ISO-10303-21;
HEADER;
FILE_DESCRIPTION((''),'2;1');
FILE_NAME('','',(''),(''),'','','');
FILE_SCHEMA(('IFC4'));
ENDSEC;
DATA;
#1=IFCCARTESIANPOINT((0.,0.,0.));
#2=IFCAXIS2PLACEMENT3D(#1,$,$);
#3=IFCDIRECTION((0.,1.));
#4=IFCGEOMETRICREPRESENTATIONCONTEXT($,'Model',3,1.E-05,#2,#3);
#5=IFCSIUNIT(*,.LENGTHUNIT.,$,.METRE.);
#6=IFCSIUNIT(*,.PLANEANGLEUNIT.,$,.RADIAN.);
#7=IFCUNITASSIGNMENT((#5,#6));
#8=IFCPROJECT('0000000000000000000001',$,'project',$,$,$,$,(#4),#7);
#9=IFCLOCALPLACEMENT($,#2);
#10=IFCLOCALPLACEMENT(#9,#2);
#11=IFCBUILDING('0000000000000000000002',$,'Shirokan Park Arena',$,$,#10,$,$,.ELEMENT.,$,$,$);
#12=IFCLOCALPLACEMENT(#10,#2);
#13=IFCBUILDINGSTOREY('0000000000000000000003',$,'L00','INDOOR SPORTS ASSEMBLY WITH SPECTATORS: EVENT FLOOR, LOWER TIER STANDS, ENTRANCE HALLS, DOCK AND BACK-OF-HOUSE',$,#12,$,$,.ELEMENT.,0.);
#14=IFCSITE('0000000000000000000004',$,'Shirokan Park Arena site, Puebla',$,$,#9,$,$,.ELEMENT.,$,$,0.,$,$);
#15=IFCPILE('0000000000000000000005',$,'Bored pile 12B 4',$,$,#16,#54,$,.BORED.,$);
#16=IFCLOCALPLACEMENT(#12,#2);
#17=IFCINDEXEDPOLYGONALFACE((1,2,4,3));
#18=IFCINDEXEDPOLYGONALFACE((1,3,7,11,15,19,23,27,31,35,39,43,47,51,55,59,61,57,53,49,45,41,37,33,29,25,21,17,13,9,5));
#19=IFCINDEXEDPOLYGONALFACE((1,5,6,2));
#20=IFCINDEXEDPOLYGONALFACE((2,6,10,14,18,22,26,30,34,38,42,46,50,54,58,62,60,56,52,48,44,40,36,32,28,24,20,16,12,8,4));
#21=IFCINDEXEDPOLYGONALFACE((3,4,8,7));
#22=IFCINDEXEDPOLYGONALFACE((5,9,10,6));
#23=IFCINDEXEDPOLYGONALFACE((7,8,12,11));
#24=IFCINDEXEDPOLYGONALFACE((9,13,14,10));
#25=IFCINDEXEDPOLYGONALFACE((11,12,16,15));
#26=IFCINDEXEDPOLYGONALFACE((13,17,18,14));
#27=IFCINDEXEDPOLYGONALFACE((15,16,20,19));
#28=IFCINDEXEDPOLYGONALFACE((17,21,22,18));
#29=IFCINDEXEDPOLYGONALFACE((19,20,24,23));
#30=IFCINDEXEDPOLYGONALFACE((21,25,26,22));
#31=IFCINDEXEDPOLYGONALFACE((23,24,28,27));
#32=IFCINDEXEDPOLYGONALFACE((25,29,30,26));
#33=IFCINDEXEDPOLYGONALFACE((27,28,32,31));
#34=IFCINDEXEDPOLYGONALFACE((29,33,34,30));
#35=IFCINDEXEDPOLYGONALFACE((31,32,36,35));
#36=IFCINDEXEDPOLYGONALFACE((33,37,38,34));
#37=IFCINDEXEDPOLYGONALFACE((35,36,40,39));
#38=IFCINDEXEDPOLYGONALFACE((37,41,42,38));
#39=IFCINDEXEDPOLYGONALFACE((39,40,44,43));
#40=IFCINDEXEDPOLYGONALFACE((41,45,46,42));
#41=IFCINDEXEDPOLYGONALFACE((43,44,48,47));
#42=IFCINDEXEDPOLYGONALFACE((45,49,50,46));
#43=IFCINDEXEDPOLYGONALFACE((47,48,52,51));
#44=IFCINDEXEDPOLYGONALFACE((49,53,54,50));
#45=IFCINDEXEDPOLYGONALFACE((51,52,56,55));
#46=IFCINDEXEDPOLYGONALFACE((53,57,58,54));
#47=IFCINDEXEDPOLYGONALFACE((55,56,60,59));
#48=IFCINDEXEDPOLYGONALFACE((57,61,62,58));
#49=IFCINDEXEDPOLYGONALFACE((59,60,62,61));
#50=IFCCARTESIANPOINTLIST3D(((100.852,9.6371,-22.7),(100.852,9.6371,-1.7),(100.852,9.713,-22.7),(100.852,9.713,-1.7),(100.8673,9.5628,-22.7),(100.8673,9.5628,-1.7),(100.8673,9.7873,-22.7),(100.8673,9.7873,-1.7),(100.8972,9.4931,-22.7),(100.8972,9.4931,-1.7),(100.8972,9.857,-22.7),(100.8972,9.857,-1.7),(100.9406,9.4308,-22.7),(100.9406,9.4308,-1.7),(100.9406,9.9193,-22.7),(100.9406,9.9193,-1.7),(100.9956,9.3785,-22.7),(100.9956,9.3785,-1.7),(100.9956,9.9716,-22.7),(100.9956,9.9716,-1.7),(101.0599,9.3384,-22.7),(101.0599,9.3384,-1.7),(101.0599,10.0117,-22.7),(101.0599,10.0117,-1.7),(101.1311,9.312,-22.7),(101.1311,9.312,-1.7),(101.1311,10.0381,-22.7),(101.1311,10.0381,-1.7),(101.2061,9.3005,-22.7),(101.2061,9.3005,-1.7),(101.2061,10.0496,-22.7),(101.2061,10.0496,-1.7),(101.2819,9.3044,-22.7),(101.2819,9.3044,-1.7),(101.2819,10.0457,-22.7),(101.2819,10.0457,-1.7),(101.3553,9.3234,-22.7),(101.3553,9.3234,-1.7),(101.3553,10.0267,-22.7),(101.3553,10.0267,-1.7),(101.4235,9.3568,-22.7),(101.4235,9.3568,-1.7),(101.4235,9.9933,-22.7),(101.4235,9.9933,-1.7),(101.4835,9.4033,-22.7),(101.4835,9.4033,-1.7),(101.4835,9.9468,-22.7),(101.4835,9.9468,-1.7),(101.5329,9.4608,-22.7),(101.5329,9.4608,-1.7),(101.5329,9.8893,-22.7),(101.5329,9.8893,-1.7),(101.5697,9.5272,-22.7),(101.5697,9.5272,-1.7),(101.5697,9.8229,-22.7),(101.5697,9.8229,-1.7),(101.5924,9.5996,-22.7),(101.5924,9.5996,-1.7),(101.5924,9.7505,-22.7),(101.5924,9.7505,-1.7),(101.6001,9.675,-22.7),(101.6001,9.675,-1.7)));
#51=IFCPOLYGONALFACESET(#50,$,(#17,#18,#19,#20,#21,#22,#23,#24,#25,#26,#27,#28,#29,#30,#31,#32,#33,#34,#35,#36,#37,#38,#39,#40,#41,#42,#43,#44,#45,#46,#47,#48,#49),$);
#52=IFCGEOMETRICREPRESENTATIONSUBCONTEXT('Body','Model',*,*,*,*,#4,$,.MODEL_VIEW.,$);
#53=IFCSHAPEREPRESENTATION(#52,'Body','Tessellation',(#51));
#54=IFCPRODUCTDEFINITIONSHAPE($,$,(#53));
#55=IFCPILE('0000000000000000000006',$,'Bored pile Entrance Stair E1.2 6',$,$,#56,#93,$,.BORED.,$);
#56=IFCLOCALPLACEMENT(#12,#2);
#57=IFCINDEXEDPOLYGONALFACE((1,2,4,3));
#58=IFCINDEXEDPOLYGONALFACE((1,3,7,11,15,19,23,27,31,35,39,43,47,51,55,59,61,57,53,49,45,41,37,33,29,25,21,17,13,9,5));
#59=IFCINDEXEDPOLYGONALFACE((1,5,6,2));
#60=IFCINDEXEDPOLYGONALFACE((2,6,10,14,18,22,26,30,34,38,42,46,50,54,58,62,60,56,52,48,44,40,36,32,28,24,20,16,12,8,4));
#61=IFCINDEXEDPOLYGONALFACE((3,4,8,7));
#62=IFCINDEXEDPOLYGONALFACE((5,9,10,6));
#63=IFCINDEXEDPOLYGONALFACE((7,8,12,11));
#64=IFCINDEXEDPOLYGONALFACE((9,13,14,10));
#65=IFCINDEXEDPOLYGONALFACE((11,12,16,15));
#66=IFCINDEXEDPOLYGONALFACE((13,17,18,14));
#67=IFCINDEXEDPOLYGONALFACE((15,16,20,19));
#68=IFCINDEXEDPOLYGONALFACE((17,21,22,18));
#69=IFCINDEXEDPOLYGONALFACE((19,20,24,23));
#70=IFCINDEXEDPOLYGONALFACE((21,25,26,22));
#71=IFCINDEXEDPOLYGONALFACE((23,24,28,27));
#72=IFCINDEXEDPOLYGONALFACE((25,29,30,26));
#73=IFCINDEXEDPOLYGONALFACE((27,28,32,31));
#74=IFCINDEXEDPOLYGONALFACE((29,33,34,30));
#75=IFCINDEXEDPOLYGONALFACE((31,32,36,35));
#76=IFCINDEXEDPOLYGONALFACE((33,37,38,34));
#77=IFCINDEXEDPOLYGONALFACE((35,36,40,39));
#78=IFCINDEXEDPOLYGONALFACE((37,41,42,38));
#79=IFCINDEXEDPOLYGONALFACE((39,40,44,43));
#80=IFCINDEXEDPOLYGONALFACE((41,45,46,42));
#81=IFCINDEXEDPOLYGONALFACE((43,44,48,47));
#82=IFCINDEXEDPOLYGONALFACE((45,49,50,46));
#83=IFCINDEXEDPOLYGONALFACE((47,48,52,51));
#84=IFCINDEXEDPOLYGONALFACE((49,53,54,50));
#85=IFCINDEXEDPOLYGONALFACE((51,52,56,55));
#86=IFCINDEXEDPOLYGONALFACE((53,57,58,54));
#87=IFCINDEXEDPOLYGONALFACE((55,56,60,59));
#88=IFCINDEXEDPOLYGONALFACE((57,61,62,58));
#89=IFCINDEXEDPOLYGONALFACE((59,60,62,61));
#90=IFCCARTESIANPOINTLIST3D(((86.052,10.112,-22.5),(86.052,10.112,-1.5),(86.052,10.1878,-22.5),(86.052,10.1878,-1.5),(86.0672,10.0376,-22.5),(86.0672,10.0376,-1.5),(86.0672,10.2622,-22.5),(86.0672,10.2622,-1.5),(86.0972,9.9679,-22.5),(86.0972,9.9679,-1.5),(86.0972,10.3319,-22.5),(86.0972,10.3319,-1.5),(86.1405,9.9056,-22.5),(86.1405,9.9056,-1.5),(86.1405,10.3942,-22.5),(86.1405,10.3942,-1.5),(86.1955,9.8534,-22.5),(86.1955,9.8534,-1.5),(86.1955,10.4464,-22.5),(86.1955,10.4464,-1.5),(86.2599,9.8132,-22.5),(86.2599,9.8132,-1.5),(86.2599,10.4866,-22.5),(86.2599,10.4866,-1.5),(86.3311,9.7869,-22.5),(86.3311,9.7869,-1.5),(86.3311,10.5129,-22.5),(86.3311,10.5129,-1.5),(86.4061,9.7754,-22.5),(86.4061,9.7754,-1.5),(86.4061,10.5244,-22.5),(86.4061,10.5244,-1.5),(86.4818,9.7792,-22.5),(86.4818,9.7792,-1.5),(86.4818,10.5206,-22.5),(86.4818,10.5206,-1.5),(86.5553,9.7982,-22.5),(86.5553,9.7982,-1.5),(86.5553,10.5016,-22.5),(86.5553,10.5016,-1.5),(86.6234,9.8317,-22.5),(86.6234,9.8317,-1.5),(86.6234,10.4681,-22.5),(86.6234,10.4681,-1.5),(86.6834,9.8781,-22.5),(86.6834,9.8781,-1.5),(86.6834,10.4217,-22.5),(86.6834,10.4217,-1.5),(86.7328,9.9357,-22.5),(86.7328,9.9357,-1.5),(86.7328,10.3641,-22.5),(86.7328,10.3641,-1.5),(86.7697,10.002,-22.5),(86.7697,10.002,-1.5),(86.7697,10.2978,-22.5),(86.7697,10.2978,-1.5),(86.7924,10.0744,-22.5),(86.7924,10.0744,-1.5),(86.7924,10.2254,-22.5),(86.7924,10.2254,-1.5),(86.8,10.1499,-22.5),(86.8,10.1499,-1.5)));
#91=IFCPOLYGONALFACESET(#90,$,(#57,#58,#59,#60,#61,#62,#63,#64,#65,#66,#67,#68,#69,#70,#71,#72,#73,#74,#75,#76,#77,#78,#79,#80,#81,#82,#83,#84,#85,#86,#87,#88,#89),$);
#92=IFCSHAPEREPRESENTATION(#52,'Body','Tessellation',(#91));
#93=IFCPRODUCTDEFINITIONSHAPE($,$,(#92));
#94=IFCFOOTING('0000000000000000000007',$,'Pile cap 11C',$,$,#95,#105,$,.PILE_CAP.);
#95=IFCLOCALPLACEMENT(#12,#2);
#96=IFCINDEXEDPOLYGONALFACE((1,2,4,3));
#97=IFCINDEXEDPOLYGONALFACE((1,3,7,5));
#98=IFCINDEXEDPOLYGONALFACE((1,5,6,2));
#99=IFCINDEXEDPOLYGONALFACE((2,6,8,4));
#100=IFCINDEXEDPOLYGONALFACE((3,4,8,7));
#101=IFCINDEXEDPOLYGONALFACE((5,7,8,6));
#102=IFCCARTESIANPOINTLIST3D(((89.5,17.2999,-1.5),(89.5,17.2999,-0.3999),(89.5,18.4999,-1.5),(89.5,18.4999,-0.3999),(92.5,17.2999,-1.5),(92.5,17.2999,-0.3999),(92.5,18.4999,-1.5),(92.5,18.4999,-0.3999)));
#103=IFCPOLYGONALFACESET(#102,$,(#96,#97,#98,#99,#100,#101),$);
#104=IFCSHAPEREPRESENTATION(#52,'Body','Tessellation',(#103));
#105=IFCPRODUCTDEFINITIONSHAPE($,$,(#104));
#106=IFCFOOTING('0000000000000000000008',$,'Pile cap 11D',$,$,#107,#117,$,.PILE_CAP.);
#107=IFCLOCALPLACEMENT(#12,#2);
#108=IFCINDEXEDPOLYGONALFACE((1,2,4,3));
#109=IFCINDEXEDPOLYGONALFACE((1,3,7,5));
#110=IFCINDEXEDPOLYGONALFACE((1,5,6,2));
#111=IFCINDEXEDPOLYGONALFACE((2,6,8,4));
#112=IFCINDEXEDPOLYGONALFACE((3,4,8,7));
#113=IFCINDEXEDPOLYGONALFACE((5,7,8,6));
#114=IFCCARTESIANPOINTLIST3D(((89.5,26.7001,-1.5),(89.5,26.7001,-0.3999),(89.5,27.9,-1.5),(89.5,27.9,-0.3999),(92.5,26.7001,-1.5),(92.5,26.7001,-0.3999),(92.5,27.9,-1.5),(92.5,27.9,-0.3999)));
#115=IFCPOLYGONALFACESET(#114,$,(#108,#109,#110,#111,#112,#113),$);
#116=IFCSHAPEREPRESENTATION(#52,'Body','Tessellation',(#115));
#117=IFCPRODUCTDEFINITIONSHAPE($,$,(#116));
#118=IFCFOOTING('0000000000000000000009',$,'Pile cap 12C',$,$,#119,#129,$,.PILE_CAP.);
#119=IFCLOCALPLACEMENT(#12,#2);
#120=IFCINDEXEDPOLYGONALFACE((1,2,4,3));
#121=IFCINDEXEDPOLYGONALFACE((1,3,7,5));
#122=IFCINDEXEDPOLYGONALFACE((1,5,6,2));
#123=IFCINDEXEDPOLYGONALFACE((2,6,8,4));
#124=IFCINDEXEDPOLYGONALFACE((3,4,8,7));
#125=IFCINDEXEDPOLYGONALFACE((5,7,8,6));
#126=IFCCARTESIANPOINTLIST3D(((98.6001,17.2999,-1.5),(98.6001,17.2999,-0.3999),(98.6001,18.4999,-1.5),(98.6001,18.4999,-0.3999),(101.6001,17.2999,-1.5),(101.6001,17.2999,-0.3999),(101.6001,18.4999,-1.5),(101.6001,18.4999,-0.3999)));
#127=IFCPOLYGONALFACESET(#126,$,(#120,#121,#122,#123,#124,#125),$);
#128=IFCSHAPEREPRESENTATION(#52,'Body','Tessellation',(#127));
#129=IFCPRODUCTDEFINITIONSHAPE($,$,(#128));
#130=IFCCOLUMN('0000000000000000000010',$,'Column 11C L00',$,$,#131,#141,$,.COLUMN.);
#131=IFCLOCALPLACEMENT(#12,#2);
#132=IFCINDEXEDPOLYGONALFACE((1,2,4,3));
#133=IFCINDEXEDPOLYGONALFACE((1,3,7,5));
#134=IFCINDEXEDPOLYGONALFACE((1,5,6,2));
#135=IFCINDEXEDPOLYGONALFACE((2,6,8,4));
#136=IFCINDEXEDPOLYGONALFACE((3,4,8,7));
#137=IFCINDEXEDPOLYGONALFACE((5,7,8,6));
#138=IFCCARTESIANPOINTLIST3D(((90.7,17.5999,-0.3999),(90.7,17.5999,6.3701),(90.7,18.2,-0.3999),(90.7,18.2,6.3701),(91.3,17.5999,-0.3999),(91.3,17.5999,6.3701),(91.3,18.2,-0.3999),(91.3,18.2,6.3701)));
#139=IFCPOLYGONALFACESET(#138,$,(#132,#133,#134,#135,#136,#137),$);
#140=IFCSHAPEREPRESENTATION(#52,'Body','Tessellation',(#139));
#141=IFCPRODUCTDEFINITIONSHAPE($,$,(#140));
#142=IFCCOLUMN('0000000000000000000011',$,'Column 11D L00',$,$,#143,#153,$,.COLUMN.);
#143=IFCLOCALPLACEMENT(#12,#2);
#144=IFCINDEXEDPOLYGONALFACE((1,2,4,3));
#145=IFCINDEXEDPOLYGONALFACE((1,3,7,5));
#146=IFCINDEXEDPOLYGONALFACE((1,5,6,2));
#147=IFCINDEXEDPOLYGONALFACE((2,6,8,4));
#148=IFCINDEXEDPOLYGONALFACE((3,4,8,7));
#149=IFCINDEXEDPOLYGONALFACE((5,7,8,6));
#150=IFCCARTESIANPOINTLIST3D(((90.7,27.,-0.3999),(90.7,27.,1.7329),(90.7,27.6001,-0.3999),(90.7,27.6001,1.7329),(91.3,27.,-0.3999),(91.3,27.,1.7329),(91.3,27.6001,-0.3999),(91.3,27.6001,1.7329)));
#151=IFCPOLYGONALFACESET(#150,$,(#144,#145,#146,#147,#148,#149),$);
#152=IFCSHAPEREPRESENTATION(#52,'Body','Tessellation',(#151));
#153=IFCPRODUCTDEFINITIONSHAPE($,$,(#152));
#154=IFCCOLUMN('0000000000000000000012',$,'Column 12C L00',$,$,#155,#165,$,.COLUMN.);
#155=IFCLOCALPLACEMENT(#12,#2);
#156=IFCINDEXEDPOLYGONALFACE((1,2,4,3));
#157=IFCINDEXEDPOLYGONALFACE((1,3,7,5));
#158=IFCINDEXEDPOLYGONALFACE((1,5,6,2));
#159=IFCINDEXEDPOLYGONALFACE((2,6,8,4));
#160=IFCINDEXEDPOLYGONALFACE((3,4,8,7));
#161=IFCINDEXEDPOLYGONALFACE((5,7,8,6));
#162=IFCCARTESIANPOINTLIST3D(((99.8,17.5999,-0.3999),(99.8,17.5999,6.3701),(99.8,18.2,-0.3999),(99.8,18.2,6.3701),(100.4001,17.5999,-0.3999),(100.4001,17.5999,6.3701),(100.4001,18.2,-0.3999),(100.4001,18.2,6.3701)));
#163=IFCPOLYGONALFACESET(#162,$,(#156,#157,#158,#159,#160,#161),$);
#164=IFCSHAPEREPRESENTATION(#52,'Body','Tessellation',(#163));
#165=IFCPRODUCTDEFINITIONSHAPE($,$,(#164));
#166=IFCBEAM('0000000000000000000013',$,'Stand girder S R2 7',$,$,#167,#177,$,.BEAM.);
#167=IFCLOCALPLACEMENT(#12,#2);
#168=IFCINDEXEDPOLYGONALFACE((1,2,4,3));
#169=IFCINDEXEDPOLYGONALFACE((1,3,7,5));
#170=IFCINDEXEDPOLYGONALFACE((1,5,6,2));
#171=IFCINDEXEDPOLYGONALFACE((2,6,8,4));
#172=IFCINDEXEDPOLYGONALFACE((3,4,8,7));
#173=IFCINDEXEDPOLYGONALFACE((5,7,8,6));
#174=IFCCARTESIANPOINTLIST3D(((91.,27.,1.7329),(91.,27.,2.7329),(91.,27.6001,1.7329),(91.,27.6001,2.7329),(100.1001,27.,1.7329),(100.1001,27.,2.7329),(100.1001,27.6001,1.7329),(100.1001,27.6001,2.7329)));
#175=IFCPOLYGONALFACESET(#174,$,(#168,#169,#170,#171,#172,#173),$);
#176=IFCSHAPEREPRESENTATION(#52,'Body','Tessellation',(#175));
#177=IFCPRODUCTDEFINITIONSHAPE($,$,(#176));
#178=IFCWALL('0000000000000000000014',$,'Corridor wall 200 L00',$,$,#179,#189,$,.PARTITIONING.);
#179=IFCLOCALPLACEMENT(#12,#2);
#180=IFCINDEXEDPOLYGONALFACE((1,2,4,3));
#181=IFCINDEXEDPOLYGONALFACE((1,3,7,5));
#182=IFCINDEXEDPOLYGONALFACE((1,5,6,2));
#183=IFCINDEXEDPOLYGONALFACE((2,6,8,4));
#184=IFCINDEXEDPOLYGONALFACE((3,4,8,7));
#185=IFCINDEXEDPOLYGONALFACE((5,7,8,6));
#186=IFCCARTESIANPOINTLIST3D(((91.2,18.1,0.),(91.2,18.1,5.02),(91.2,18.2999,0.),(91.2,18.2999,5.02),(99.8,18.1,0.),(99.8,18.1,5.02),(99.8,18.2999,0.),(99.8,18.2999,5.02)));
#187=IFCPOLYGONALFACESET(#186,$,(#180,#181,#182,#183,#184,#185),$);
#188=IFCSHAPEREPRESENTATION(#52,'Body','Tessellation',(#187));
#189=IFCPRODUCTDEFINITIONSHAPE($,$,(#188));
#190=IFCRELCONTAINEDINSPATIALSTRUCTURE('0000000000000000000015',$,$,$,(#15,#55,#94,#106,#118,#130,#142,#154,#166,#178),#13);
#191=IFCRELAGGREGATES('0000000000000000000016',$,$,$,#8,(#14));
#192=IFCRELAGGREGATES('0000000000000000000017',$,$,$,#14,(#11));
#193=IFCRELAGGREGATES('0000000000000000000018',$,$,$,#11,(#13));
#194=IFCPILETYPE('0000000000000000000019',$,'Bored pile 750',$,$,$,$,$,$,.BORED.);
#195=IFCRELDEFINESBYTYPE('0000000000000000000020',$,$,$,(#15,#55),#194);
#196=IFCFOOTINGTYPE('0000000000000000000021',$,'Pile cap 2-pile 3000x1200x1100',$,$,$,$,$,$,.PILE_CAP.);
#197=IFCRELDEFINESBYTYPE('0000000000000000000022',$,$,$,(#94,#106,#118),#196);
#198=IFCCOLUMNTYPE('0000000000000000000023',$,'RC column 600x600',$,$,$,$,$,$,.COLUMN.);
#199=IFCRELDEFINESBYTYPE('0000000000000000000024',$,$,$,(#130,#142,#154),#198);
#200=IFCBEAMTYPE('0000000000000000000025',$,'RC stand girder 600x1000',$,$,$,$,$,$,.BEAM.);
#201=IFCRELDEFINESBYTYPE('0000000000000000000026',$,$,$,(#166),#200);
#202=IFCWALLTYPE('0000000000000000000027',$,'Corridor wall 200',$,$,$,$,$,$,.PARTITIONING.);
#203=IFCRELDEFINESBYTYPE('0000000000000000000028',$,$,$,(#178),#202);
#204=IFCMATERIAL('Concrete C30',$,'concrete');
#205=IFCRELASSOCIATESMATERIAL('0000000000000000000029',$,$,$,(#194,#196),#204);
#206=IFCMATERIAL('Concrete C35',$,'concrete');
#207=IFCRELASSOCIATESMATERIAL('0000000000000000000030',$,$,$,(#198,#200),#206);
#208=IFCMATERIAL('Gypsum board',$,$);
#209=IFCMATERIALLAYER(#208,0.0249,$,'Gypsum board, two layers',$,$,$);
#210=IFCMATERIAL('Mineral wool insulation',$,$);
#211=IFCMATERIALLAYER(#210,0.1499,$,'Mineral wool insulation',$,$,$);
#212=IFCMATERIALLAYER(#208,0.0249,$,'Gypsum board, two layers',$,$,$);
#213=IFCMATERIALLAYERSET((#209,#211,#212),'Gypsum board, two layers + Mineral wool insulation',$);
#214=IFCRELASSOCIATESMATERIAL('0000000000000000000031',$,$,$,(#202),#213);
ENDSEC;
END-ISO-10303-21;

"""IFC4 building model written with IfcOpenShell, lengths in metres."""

from ifc_helpers import new_model, si_unit, direction, frame, frame_2d, origin, origin_2d, place, context, subcontext, project, spatial, rectangle, circle, extrude, material, layer, layer_set, material_profile, profile_set, type_object, element, save


model = new_model("IFC4")

# Units and contexts
model_context = context("Model", 3, precision=1e-05, world=origin(), true_north=direction((0.0, 1.0)))
body_context = subcontext(model_context, "Body", "Model", "MODEL_VIEW")
ifc_project = project(units=[si_unit("LENGTHUNIT", "METRE"), si_unit("PLANEANGLEUNIT", "RADIAN")], contexts=[model_context])

# Site, building, storey
site_placement = place(None, origin())
site = spatial("IfcSite", under=ifc_project, at=site_placement, Name="Shirokan Park Arena site, Puebla", CompositionType="ELEMENT", RefElevation=0.0)
building_placement = place(site_placement, origin())
building = spatial("IfcBuilding", under=site, at=building_placement, Name="Shirokan Park Arena", CompositionType="ELEMENT")
storey_placement = place(building_placement, origin())
storey = spatial("IfcBuildingStorey", under=building, at=storey_placement, Name="L00", Description="INDOOR SPORTS ASSEMBLY WITH SPECTATORS: EVENT FLOOR, LOWER TIER STANDS, ENTRANCE HALLS, DOCK AND BACK-OF-HOUSE", CompositionType="ELEMENT", Elevation=0.0)

# Piles
ifc_material_1 = material(Name="Concrete C30", Category="concrete")
ifc_material_profile_1 = material_profile(ifc_material_1, circle(Radius=0.375, at=origin_2d()), Name="D750")
ifc_profile_set_1 = profile_set([ifc_material_profile_1], Name="Concrete C30")
pile_type_1 = type_object("IfcPileType", Name="Bored pile 750", PredefinedType="BORED", material=ifc_profile_set_1)
for number, where, z_axis, x_axis, name in (
    (1, (101.2251, 9.675, -1.7), (0.0, 0.0, -1.0), (1.0, 0.0, 0.0), "Bored pile 12B 4"),
    (2, (86.425, 10.1499, -1.5), (0.0, 0.0, -1.0), (1.0, 0.0, 0.0), "Bored pile Entrance Stair E1.2 6"),
):
    element("IfcPile", number, at=place(storey_placement, frame(where, z_axis=z_axis, x_axis=x_axis)), inside=storey, type_object=pile_type_1, Name=name, PredefinedType="BORED", context=body_context, shape_type="SweptSolid", body=[
        extrude(circle(Radius=0.375, at=origin_2d()), origin(), (0.0, 0.0, 1.0), 21.0),
    ])

# Footings
footing_type = type_object("IfcFootingType", Name="Pile cap 2-pile 3000x1200x1100", PredefinedType="PILE_CAP", material=ifc_material_1)
for number, where, z_axis, x_axis, name in (
    (3, (91.0, 17.8999, -1.5), (0.0, 0.0, 1.0), (1.0, 0.0, 0.0), "Pile cap 11C"),
    (4, (91.0, 27.3, -1.5), (0.0, 0.0, 1.0), (1.0, 0.0, 0.0), "Pile cap 11D"),
    (5, (100.1001, 17.8999, -1.5), (0.0, 0.0, 1.0), (1.0, 0.0, 0.0), "Pile cap 12C"),
):
    element("IfcFooting", number, at=place(storey_placement, frame(where, z_axis=z_axis, x_axis=x_axis)), inside=storey, type_object=footing_type, Name=name, PredefinedType="PILE_CAP", context=body_context, shape_type="SweptSolid", body=[
        extrude(rectangle(XDim=3.0, YDim=1.2, at=origin_2d()), origin(), (0.0, 0.0, 1.0), 1.1001),
    ])

# Columns
ifc_material_2 = material(Name="Concrete C35", Category="concrete")
ifc_material_profile_2 = material_profile(ifc_material_2, rectangle(XDim=0.6001, YDim=0.6001, at=origin_2d()), Name="600x600")
ifc_profile_set_2 = profile_set([ifc_material_profile_2], Name="Concrete C35")
column_type = type_object("IfcColumnType", Name="RC column 600x600", PredefinedType="COLUMN", material=ifc_profile_set_2)
column_1_placement = place(storey_placement, frame((91.0, 17.8999, -0.3999), z_axis=(0.0, 0.0, 1.0), x_axis=(1.0, 0.0, 0.0)))
element("IfcColumn", 6, at=column_1_placement, inside=storey, type_object=column_type, Name="Column 11C L00", PredefinedType="COLUMN", context=body_context, shape_type="SweptSolid", body=[
    extrude(rectangle(XDim=0.6001, YDim=0.6001, at=origin_2d()), origin(), (0.0, 0.0, 1.0), 6.77),
])
column_2_placement = place(storey_placement, frame((91.0, 27.3, -0.3999), z_axis=(0.0, 0.0, 1.0), x_axis=(1.0, 0.0, 0.0)))
element("IfcColumn", 7, at=column_2_placement, inside=storey, type_object=column_type, Name="Column 11D L00", PredefinedType="COLUMN", context=body_context, shape_type="SweptSolid", body=[
    extrude(rectangle(XDim=0.6001, YDim=0.6001, at=origin_2d()), origin(), (0.0, 0.0, 1.0), 2.1328),
])
column_3_placement = place(storey_placement, frame((100.1001, 17.8999, -0.3999), z_axis=(0.0, 0.0, 1.0), x_axis=(1.0, 0.0, 0.0)))
element("IfcColumn", 8, at=column_3_placement, inside=storey, type_object=column_type, Name="Column 12C L00", PredefinedType="COLUMN", context=body_context, shape_type="SweptSolid", body=[
    extrude(rectangle(XDim=0.6001, YDim=0.6001, at=origin_2d()), origin(), (0.0, 0.0, 1.0), 6.77),
])

# Beam
ifc_material_profile_3 = material_profile(ifc_material_2, rectangle(XDim=0.6001, YDim=1.0, at=origin_2d()), Name="600x1000")
ifc_profile_set_3 = profile_set([ifc_material_profile_3], Name="Concrete C35")
beam_type = type_object("IfcBeamType", Name="RC stand girder 600x1000", PredefinedType="BEAM", material=ifc_profile_set_3)
beam_placement = place(storey_placement, frame((91.0, 27.3, 2.2329), z_axis=(1.0, 0.0, 0.0), x_axis=(0.0, 1.0, 0.0)))
element("IfcBeam", 9, at=beam_placement, inside=storey, type_object=beam_type, Name="Stand girder S R2 7", PredefinedType="BEAM", context=body_context, shape_type="SweptSolid", body=[
    extrude(rectangle(XDim=0.6001, YDim=1.0, at=origin_2d()), origin(), (0.0, 0.0, 1.0), 9.1001),
])

# Wall
ifc_material_3 = material(Name="Gypsum board")
ifc_layer_1 = layer(ifc_material_3, 0.0249, Name="Gypsum board, two layers")
ifc_material_4 = material(Name="Mineral wool insulation")
ifc_layer_2 = layer(ifc_material_4, 0.1499, Name="Mineral wool insulation")
ifc_layer_3 = layer(ifc_material_3, 0.0249, Name="Gypsum board, two layers")
ifc_layer_set_1 = layer_set([ifc_layer_1, ifc_layer_2, ifc_layer_3], Name="Gypsum board, two layers + Mineral wool insulation")
wall_type_1 = type_object("IfcWallType", Name="Corridor wall 200", PredefinedType="PARTITIONING", material=ifc_layer_set_1)
wall_1_placement = place(storey_placement, frame((91.2, 18.2, 0.0), z_axis=(0.0, 0.0, 1.0), x_axis=(1.0, 0.0, 0.0)))
element("IfcWall", 10, at=wall_1_placement, inside=storey, type_object=wall_type_1, Name="Corridor wall 200 L00", PredefinedType="PARTITIONING", context=body_context, shape_type="SweptSolid", body=[
    extrude(rectangle(XDim=8.6001, YDim=0.2, at=frame_2d((4.3, 0.0))), origin(), (0.0, 0.0, 1.0), 5.02),
])

save(model, "model.ifc")
